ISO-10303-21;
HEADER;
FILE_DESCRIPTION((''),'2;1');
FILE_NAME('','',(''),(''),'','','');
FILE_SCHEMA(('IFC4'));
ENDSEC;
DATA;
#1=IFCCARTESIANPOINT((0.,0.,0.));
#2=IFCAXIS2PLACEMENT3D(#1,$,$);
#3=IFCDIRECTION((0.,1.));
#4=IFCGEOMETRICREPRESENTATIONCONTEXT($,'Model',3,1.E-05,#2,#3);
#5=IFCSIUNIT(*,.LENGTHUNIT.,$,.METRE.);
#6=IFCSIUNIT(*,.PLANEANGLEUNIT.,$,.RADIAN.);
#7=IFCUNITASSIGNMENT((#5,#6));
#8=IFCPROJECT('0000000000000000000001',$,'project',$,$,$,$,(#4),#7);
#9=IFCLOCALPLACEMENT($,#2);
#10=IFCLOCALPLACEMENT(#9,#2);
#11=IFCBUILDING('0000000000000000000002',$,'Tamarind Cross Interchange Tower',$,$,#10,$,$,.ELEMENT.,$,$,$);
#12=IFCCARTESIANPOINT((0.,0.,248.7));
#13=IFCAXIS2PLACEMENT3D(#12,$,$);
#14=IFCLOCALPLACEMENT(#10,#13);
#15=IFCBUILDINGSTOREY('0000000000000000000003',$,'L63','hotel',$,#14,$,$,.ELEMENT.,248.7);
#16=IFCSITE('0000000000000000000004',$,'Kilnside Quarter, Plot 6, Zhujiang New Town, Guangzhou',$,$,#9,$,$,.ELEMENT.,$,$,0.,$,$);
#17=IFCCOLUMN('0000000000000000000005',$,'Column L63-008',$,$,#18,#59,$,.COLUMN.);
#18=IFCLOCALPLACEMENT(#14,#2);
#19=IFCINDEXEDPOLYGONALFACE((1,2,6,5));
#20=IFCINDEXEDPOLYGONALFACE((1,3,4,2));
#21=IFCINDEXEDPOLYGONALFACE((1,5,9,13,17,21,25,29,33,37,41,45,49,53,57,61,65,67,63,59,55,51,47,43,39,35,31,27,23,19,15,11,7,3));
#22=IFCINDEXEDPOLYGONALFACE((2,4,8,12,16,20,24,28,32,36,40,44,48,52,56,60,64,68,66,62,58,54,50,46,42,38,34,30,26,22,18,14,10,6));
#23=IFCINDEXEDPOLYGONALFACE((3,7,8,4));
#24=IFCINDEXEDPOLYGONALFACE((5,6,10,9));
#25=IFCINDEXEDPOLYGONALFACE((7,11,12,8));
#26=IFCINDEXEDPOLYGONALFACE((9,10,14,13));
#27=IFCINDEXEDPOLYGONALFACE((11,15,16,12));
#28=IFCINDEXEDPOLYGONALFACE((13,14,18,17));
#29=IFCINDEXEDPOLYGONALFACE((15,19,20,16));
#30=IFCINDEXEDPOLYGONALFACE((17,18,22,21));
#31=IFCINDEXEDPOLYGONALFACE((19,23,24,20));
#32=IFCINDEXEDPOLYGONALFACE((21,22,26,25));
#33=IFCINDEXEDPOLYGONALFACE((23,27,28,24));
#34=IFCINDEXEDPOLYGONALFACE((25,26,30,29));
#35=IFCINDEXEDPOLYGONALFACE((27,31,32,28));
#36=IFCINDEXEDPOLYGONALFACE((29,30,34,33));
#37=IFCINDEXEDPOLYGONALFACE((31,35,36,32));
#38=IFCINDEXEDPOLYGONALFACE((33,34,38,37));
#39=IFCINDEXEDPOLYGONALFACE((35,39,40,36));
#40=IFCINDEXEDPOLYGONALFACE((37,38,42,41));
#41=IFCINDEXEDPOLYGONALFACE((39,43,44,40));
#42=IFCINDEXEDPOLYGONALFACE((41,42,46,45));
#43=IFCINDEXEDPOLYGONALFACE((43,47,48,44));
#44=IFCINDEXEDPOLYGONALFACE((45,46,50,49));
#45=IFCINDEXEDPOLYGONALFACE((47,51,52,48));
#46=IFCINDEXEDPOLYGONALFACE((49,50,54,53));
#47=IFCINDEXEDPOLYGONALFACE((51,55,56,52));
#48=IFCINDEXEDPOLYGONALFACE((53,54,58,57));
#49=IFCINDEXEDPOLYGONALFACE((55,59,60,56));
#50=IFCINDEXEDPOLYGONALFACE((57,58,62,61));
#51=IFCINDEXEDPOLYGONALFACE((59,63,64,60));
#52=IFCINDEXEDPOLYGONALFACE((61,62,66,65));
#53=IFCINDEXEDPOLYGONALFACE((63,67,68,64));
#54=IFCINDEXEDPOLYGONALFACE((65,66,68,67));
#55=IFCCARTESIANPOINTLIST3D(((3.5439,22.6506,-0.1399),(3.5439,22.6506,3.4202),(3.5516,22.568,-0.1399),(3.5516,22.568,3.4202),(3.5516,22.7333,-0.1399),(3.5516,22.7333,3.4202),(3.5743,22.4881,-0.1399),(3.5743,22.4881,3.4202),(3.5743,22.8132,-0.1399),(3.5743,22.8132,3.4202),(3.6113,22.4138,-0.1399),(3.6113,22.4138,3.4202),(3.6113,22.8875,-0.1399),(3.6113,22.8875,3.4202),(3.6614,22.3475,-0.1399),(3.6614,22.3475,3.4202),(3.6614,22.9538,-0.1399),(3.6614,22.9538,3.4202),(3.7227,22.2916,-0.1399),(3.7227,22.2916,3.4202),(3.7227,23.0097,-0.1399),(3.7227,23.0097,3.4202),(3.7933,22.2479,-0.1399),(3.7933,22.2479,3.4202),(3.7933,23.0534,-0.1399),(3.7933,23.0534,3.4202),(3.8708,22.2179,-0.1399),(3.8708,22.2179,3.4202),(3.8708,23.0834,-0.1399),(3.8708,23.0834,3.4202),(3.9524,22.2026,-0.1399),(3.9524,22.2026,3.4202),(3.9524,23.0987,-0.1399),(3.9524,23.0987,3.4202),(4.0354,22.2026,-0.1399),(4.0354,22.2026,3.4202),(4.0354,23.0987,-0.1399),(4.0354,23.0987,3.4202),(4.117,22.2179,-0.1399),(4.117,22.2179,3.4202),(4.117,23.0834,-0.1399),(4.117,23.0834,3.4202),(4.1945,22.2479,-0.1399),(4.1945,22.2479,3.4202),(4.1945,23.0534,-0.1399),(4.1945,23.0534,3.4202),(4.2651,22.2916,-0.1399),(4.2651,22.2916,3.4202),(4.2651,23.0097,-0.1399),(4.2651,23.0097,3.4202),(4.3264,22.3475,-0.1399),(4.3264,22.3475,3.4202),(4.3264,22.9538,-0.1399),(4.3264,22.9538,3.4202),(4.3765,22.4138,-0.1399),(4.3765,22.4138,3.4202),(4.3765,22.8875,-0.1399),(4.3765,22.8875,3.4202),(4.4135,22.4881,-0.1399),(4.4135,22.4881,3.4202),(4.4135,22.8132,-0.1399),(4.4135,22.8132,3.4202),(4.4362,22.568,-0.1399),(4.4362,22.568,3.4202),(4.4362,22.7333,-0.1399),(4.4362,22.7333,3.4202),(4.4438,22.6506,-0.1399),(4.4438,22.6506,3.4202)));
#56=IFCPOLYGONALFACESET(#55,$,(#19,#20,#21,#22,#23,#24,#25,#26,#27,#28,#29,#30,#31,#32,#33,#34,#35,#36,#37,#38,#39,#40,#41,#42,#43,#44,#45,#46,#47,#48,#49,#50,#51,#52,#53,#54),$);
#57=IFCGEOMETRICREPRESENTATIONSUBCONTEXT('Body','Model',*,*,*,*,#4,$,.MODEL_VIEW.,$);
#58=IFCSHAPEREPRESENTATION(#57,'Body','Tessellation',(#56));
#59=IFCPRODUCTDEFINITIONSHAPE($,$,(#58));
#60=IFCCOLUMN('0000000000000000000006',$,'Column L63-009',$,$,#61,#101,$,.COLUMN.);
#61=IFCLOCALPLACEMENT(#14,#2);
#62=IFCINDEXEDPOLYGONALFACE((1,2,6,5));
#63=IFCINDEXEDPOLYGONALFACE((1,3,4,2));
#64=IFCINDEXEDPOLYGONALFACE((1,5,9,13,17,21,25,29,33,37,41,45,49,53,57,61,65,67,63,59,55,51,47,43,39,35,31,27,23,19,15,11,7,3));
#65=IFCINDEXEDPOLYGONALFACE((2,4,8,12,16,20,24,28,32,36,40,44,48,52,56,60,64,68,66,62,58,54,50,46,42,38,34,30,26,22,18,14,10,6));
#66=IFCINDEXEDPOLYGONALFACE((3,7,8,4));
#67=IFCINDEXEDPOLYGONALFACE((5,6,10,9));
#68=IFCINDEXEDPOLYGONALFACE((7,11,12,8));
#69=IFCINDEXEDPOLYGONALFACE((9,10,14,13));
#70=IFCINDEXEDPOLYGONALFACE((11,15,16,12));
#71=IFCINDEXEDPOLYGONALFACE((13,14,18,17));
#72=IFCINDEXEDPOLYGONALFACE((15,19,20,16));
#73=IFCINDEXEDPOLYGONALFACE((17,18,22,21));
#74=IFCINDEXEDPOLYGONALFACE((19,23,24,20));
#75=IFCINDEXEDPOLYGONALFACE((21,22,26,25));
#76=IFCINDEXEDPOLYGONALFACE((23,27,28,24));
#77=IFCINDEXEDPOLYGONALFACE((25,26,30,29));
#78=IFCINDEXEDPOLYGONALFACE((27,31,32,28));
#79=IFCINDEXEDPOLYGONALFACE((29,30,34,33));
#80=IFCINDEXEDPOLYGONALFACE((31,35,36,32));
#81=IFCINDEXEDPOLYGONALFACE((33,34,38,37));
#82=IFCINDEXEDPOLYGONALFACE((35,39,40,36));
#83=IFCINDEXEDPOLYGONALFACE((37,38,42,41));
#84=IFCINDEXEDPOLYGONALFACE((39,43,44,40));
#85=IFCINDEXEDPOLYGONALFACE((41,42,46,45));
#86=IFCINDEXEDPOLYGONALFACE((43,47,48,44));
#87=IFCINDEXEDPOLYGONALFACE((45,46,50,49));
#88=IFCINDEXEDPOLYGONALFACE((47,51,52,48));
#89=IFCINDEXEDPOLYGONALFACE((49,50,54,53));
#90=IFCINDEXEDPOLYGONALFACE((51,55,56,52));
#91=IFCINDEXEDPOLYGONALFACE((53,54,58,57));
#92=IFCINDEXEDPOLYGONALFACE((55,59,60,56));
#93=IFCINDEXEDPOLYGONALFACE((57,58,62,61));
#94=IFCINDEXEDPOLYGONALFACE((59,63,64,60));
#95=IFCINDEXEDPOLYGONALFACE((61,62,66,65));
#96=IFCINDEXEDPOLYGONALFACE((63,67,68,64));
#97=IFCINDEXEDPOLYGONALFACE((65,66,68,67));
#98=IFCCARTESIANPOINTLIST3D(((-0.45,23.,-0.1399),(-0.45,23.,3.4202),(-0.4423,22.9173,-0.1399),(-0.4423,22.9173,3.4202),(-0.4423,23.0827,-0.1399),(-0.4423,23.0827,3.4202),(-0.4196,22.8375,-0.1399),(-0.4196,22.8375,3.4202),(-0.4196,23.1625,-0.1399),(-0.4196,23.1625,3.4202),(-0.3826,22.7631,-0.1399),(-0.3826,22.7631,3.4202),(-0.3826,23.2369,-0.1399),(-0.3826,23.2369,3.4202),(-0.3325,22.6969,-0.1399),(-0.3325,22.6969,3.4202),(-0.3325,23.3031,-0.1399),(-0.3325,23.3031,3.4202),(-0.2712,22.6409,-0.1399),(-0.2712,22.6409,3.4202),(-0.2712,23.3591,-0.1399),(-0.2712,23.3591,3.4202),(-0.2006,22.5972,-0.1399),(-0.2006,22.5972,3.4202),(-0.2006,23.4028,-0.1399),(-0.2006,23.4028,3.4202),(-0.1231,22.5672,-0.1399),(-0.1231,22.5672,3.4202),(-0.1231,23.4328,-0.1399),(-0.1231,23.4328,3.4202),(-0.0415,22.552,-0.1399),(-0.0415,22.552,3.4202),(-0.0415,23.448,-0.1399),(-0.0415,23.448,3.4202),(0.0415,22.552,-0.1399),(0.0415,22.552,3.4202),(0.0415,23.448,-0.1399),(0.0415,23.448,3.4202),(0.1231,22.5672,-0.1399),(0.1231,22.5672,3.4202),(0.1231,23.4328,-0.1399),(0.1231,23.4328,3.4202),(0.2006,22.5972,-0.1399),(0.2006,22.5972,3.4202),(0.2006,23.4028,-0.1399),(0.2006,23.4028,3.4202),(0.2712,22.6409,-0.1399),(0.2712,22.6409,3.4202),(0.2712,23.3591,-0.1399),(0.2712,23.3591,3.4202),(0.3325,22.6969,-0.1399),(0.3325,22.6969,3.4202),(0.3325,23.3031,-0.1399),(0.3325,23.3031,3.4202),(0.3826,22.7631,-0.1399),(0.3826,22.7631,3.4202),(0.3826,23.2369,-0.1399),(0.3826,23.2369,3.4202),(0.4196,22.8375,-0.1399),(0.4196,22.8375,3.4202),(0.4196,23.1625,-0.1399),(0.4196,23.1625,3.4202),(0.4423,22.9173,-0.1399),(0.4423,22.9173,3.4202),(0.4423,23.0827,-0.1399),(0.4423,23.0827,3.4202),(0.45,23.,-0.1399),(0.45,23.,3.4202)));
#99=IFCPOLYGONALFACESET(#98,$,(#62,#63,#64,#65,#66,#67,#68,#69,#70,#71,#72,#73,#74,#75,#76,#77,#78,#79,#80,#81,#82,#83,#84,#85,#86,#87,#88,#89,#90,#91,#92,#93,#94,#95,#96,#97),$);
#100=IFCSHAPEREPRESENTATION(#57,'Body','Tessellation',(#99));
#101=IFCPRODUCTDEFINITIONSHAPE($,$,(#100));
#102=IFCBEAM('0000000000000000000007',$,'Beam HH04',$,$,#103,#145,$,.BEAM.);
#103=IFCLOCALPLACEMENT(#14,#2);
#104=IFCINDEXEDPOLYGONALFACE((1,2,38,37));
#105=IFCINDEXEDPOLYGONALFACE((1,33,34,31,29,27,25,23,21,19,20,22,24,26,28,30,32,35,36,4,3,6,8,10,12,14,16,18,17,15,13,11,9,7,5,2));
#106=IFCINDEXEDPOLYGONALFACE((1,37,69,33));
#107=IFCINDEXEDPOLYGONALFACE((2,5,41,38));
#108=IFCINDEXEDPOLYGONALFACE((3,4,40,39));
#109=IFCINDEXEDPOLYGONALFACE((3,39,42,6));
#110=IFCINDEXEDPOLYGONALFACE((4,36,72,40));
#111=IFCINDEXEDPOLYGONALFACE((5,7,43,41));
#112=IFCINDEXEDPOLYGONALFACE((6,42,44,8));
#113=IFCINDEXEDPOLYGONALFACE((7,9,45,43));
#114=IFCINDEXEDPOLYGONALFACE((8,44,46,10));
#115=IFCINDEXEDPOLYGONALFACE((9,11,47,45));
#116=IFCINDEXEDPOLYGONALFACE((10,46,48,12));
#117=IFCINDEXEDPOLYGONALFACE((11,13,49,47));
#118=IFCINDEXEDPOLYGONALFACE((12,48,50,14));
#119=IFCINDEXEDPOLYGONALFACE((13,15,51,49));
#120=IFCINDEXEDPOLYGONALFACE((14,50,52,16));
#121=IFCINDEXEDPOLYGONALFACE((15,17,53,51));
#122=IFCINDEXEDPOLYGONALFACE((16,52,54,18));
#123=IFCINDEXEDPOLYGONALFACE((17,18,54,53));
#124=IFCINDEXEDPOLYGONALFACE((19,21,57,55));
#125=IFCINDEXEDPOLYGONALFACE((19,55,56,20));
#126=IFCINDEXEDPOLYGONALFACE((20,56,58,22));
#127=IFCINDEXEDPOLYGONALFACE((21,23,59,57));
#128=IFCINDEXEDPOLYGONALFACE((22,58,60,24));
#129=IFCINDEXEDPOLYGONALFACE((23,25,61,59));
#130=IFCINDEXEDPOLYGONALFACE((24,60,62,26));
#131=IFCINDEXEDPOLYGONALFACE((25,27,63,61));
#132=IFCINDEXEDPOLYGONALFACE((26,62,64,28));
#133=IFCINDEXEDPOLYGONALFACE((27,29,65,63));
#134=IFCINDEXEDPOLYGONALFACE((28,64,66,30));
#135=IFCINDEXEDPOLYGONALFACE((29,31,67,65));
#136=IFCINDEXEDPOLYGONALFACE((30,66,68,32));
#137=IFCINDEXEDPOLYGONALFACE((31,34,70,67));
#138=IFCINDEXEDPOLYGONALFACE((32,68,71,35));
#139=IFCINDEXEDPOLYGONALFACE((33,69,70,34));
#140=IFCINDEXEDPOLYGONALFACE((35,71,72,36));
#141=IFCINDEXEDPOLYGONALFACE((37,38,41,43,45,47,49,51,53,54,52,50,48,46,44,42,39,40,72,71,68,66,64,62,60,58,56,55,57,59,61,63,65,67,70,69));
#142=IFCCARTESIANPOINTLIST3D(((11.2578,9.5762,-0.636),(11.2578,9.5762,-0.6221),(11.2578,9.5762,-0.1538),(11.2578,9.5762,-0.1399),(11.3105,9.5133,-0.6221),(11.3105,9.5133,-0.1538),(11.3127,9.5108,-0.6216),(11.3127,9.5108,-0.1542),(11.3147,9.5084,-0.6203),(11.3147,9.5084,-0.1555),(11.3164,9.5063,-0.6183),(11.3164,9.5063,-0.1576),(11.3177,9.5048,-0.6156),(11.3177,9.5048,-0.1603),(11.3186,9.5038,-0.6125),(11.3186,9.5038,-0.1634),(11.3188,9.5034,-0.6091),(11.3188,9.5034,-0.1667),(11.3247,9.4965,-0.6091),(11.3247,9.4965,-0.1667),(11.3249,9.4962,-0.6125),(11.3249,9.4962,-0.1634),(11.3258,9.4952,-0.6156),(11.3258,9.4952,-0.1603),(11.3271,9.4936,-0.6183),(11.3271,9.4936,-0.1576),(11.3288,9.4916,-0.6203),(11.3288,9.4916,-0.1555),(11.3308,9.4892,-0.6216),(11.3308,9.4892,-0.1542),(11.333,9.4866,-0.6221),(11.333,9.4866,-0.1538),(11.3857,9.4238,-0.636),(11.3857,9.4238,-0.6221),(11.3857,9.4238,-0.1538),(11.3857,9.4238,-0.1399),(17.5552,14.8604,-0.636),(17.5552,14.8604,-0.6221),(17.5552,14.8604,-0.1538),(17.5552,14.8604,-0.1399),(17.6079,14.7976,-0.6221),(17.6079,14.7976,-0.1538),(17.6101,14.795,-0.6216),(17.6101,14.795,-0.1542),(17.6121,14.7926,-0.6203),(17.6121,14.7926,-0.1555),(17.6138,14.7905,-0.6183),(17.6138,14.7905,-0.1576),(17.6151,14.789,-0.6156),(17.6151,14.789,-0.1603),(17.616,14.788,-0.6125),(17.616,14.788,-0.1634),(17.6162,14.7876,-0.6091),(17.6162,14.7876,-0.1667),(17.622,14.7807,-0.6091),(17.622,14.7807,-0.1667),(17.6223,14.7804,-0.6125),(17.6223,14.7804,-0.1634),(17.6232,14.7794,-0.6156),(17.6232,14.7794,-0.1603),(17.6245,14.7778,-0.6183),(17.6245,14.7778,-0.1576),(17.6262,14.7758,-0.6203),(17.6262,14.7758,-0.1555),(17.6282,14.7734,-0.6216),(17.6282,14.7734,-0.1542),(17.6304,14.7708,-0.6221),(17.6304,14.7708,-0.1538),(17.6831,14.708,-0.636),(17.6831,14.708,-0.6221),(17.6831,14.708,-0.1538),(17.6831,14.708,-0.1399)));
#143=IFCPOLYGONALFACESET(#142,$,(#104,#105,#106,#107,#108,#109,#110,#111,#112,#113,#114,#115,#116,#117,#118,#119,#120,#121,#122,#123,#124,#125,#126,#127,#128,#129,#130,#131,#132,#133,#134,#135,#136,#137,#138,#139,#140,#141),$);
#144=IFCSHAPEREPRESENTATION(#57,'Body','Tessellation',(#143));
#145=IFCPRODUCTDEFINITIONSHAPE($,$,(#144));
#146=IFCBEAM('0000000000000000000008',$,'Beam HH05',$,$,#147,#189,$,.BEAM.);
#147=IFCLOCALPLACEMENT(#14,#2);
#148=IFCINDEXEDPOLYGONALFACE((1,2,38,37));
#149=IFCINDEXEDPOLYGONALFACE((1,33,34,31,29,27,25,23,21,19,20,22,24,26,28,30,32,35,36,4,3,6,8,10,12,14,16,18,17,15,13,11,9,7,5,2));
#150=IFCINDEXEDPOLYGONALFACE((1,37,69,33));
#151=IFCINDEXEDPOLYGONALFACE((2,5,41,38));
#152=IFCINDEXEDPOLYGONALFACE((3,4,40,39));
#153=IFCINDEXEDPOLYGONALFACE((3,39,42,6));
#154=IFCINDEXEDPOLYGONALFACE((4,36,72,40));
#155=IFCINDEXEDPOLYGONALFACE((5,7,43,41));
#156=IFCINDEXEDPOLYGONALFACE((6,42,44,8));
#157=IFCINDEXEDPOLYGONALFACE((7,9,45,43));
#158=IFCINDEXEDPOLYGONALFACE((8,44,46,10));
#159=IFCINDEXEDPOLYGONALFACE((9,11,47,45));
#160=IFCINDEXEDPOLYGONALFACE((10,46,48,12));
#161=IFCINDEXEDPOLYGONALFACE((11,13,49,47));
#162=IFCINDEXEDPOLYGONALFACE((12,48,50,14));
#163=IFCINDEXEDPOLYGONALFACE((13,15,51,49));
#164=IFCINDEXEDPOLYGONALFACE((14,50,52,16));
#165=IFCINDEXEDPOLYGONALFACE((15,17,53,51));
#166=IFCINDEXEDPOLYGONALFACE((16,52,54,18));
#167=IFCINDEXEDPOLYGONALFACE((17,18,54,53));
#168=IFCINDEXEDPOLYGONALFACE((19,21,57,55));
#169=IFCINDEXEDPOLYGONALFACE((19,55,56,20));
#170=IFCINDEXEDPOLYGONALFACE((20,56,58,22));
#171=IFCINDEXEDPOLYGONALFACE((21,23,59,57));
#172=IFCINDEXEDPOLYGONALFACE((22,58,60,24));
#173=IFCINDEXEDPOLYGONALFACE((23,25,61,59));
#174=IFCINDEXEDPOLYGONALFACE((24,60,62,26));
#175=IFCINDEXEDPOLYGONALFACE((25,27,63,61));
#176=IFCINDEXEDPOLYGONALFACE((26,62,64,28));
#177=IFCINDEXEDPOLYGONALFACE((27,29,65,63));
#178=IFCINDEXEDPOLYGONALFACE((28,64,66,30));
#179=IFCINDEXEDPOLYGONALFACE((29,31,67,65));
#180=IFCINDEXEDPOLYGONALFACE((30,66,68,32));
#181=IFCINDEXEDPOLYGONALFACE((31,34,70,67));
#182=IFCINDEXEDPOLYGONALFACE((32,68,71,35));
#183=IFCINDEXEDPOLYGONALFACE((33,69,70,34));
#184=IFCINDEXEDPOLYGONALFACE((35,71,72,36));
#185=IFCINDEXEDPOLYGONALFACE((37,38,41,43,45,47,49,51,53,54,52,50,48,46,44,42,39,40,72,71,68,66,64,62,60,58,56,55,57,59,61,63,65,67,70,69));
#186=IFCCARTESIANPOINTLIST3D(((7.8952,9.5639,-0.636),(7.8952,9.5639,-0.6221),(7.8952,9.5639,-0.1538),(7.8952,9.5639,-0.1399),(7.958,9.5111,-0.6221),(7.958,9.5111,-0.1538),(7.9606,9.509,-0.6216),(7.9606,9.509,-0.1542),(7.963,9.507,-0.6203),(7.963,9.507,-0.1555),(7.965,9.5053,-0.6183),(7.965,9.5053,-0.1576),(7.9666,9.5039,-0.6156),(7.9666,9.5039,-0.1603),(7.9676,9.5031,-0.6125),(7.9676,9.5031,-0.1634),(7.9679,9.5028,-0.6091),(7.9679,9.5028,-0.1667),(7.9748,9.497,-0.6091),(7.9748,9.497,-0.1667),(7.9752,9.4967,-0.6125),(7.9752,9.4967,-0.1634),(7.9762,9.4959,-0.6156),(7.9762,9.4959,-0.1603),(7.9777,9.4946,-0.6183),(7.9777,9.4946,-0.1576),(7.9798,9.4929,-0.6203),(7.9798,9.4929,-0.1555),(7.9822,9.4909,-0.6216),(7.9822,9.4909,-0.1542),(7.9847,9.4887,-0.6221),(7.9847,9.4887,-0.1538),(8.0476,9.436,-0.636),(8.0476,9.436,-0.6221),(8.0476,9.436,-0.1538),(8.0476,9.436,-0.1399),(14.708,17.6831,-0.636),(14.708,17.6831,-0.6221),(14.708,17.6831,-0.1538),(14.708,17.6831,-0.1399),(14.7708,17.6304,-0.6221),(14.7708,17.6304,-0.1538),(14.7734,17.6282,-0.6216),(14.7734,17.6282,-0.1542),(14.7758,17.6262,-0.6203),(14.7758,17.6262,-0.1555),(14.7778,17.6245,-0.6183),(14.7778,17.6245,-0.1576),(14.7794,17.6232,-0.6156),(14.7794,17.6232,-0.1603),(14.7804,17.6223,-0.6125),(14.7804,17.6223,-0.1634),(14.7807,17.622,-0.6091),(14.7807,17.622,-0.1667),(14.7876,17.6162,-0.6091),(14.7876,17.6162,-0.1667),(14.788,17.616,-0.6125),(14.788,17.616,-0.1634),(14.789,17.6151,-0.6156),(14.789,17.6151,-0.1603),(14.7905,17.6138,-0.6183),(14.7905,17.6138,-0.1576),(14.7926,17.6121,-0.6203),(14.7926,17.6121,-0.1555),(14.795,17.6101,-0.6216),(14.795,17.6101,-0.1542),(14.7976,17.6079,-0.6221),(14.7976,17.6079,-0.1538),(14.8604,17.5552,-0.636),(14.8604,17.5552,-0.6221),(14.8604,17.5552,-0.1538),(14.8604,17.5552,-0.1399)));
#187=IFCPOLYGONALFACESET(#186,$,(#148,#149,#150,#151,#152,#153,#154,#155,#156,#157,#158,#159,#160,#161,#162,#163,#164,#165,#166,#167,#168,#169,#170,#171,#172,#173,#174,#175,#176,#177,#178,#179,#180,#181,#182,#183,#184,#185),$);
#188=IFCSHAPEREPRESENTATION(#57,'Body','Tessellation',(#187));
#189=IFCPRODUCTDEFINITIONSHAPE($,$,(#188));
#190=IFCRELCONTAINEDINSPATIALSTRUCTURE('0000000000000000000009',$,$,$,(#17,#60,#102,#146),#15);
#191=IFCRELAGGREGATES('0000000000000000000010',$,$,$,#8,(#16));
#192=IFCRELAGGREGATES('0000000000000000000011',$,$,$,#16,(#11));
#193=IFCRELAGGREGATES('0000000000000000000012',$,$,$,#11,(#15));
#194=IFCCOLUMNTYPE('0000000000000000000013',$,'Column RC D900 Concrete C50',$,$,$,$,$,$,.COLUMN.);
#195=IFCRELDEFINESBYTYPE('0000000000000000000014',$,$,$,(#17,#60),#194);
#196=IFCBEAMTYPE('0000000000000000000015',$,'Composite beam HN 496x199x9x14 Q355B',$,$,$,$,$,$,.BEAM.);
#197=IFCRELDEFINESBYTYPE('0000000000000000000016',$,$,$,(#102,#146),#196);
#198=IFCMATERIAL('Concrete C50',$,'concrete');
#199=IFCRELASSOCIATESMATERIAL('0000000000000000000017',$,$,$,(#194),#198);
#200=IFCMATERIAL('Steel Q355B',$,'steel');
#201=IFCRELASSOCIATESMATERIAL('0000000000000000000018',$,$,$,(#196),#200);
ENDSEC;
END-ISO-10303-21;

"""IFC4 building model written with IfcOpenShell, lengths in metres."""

from ifc_helpers import new_model, si_unit, direction, frame, origin, origin_2d, place, context, subcontext, project, spatial, circle, i_section, extrude, material, material_profile, profile_set, type_object, element, save


model = new_model("IFC4")

# Units and contexts
model_context = context("Model", 3, precision=1e-05, world=origin(), true_north=direction((0.0, 1.0)))
body_context = subcontext(model_context, "Body", "Model", "MODEL_VIEW")
ifc_project = project(units=[si_unit("LENGTHUNIT", "METRE"), si_unit("PLANEANGLEUNIT", "RADIAN")], contexts=[model_context])

# Site, building, storey
site_placement = place(None, origin())
site = spatial("IfcSite", under=ifc_project, at=site_placement, Name="Kilnside Quarter, Plot 6, Zhujiang New Town, Guangzhou", CompositionType="ELEMENT", RefElevation=0.0)
building_placement = place(site_placement, origin())
building = spatial("IfcBuilding", under=site, at=building_placement, Name="Tamarind Cross Interchange Tower", CompositionType="ELEMENT")
storey_placement = place(building_placement, frame((0.0, 0.0, 248.7)))
storey = spatial("IfcBuildingStorey", under=building, at=storey_placement, Name="L63", Description="hotel", CompositionType="ELEMENT", Elevation=248.7)

# Columns
ifc_material_1 = material(Name="Concrete C50", Category="concrete")
ifc_material_profile_1 = material_profile(ifc_material_1, circle(Radius=0.45, at=origin_2d()), Name="RC D900")
ifc_profile_set_1 = profile_set([ifc_material_profile_1], Name="Concrete C50")
column_type = type_object("IfcColumnType", Name="Column RC D900 Concrete C50", PredefinedType="COLUMN", material=ifc_profile_set_1)
for number, where, z_axis, x_axis, name in (
    (1, (3.9939, 22.6506, -0.1399), (0.0, 0.0, 1.0), (1.0, 0.0, 0.0), "Column L63-008"),
    (2, (0.0, 23.0, -0.1399), (0.0, 0.0, 1.0), (1.0, 0.0, 0.0), "Column L63-009"),
):
    element("IfcColumn", number, at=place(storey_placement, frame(where, z_axis=z_axis, x_axis=x_axis)), inside=storey, type_object=column_type, Name=name, PredefinedType="COLUMN", context=body_context, shape_type="SweptSolid", body=[
        extrude(circle(Radius=0.45, at=origin_2d()), origin(), (0.0, 0.0, 1.0), 3.5601),
    ])

# Beams
ifc_material_2 = material(Name="Steel Q355B", Category="steel")
ifc_material_profile_2 = material_profile(ifc_material_2, i_section(OverallWidth=0.199, OverallDepth=0.4961, WebThickness=0.009, FlangeThickness=0.0139, FilletRadius=0.0129, at=origin_2d()), Name="HN 496x199x9x14")
ifc_profile_set_2 = profile_set([ifc_material_profile_2], Name="Steel Q355B")
beam_type = type_object("IfcBeamType", Name="Composite beam HN 496x199x9x14 Q355B", PredefinedType="BEAM", material=ifc_profile_set_2)
beam_1_placement = place(storey_placement, frame((17.6191, 14.7842, -0.3879), z_axis=(-0.766041, -0.642792, 0.0), x_axis=(0.642792, -0.766041, 0.0)))
element("IfcBeam", 3, at=beam_1_placement, inside=storey, type_object=beam_type, Name="Beam HH04", PredefinedType="BEAM", context=body_context, shape_type="SweptSolid", body=[
    extrude(i_section(OverallWidth=0.199, OverallDepth=0.4961, WebThickness=0.009, FlangeThickness=0.0139, FilletRadius=0.0129, at=origin_2d()), origin(), (0.0, 0.0, 1.0), 8.2207),
])
beam_2_placement = place(storey_placement, frame((14.7842, 17.6191, -0.3879), z_axis=(-0.642786, -0.766046, 0.0), x_axis=(0.766046, -0.642786, 0.0)))
element("IfcBeam", 4, at=beam_2_placement, inside=storey, type_object=beam_type, Name="Beam HH05", PredefinedType="BEAM", context=body_context, shape_type="SweptSolid", body=[
    extrude(i_section(OverallWidth=0.199, OverallDepth=0.4961, WebThickness=0.009, FlangeThickness=0.0139, FilletRadius=0.0129, at=origin_2d()), origin(), (0.0, 0.0, 1.0), 10.5989),
])

save(model, "model.ifc")
